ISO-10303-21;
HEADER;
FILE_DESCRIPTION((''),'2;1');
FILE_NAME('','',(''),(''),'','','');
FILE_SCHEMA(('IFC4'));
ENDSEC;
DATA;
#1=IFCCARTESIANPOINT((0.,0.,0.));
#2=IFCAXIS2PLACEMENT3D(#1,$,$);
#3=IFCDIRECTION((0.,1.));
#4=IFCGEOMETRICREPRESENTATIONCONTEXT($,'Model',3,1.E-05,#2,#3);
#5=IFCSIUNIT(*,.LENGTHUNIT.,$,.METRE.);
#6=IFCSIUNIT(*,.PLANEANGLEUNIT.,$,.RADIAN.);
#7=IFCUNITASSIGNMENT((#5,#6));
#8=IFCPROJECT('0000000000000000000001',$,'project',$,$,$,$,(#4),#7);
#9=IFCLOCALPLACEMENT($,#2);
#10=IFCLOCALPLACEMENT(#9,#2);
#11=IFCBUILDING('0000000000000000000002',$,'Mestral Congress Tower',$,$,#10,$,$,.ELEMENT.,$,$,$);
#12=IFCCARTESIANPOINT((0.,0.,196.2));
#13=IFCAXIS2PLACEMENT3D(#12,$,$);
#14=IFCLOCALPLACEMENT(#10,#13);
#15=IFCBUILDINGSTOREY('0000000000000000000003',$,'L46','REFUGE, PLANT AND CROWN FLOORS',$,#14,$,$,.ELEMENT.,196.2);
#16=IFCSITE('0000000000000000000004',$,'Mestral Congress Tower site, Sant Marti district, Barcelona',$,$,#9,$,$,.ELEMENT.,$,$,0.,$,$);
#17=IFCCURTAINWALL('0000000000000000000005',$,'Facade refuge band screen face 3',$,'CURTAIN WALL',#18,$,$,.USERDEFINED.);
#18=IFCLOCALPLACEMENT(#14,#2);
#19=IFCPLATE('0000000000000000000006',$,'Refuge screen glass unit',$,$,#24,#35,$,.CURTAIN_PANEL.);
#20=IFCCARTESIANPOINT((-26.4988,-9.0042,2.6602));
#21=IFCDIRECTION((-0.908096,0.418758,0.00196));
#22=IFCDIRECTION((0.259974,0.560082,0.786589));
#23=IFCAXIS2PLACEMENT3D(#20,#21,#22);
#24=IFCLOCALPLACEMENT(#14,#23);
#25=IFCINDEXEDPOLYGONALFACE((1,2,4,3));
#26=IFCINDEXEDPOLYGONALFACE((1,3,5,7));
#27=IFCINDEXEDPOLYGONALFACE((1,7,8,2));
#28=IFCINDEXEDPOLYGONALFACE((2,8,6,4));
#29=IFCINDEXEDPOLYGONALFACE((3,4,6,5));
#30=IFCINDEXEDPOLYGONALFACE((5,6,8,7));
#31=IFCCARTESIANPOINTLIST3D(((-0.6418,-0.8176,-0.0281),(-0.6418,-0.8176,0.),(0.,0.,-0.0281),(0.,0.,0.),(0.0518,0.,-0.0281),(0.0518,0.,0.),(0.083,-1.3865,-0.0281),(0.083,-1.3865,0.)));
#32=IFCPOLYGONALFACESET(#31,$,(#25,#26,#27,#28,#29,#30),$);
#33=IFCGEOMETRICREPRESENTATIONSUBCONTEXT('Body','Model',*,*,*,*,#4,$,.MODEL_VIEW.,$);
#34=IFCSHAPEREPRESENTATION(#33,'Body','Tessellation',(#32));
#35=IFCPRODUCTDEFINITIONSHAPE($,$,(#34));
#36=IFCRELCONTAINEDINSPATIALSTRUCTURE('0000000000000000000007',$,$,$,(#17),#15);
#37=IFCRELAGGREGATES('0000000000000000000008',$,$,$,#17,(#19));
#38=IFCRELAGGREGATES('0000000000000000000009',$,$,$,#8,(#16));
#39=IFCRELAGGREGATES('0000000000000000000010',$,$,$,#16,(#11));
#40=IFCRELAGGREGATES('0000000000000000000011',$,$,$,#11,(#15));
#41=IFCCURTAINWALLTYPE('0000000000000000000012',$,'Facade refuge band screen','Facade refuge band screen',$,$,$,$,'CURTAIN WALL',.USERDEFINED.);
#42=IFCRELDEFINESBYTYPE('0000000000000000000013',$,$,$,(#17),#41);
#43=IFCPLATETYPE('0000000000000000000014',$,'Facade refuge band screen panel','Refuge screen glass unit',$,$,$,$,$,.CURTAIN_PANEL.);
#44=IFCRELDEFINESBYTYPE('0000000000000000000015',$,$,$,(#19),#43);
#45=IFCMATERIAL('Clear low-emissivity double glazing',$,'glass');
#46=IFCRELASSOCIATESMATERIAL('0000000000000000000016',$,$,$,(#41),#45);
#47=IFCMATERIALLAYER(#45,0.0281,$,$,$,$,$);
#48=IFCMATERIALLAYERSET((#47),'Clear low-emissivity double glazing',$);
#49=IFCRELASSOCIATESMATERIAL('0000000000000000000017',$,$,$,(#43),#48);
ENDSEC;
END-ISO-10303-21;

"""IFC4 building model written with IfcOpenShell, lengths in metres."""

from ifc_helpers import new_model, si_unit, direction, frame, origin, place, context, subcontext, project, spatial, polyline, outline, extrude, material, layer, layer_set, type_object, element, aggregate, save


model = new_model("IFC4")

# Units and contexts
model_context = context("Model", 3, precision=1e-05, world=origin(), true_north=direction((0.0, 1.0)))
body_context = subcontext(model_context, "Body", "Model", "MODEL_VIEW")
ifc_project = project(units=[si_unit("LENGTHUNIT", "METRE"), si_unit("PLANEANGLEUNIT", "RADIAN")], contexts=[model_context])

# Site, building, storey
site_placement = place(None, origin())
site = spatial("IfcSite", under=ifc_project, at=site_placement, Name="Mestral Congress Tower site, Sant Marti district, Barcelona", CompositionType="ELEMENT", RefElevation=0.0)
building_placement = place(site_placement, origin())
building = spatial("IfcBuilding", under=site, at=building_placement, Name="Mestral Congress Tower", CompositionType="ELEMENT")
storey_placement = place(building_placement, frame((0.0, 0.0, 196.2)))
storey = spatial("IfcBuildingStorey", under=building, at=storey_placement, Name="L46", Description="REFUGE, PLANT AND CROWN FLOORS", CompositionType="ELEMENT", Elevation=196.2)

# Shared definitions
ifc_material_1 = material(Name="Clear low-emissivity double glazing", Category="glass")
curtain_wall_type = type_object("IfcCurtainWallType", Name="Facade refuge band screen", Description="Facade refuge band screen", ElementType="CURTAIN WALL", PredefinedType="USERDEFINED", material=ifc_material_1)
placement = place(storey_placement, origin())

# Curtain wall
curtain_wall_1 = element("IfcCurtainWall", 1, at=placement, inside=storey, type_object=curtain_wall_type, Name="Facade refuge band screen face 3", ObjectType="CURTAIN WALL", PredefinedType="USERDEFINED")

# Plate
ifc_layer_1 = layer(ifc_material_1, 0.0281)
ifc_layer_set_1 = layer_set([ifc_layer_1], Name="Clear low-emissivity double glazing")
plate_type_1 = type_object("IfcPlateType", Name="Facade refuge band screen panel", Description="Refuge screen glass unit", PredefinedType="CURTAIN_PANEL", material=ifc_layer_set_1)
plate_1_placement = place(storey_placement, frame((-26.4988, -9.0042, 2.6602), z_axis=(-0.908096, 0.418758, 0.00196), x_axis=(0.259974, 0.560082, 0.786589)))
plate_1 = element("IfcPlate", 2, at=plate_1_placement, type_object=plate_type_1, Name="Refuge screen glass unit", PredefinedType="CURTAIN_PANEL", context=body_context, shape_type="SweptSolid", body=[
    extrude(outline(polyline([(0.0, 0.0), (0.0518, 0.0), (0.083, -1.3865), (-0.6418, -0.8176), (0.0, 0.0)])), origin(), (0.0, 0.0, -1.0), 0.0281),
])
aggregate(curtain_wall_1, [plate_1])

save(model, "model.ifc")
